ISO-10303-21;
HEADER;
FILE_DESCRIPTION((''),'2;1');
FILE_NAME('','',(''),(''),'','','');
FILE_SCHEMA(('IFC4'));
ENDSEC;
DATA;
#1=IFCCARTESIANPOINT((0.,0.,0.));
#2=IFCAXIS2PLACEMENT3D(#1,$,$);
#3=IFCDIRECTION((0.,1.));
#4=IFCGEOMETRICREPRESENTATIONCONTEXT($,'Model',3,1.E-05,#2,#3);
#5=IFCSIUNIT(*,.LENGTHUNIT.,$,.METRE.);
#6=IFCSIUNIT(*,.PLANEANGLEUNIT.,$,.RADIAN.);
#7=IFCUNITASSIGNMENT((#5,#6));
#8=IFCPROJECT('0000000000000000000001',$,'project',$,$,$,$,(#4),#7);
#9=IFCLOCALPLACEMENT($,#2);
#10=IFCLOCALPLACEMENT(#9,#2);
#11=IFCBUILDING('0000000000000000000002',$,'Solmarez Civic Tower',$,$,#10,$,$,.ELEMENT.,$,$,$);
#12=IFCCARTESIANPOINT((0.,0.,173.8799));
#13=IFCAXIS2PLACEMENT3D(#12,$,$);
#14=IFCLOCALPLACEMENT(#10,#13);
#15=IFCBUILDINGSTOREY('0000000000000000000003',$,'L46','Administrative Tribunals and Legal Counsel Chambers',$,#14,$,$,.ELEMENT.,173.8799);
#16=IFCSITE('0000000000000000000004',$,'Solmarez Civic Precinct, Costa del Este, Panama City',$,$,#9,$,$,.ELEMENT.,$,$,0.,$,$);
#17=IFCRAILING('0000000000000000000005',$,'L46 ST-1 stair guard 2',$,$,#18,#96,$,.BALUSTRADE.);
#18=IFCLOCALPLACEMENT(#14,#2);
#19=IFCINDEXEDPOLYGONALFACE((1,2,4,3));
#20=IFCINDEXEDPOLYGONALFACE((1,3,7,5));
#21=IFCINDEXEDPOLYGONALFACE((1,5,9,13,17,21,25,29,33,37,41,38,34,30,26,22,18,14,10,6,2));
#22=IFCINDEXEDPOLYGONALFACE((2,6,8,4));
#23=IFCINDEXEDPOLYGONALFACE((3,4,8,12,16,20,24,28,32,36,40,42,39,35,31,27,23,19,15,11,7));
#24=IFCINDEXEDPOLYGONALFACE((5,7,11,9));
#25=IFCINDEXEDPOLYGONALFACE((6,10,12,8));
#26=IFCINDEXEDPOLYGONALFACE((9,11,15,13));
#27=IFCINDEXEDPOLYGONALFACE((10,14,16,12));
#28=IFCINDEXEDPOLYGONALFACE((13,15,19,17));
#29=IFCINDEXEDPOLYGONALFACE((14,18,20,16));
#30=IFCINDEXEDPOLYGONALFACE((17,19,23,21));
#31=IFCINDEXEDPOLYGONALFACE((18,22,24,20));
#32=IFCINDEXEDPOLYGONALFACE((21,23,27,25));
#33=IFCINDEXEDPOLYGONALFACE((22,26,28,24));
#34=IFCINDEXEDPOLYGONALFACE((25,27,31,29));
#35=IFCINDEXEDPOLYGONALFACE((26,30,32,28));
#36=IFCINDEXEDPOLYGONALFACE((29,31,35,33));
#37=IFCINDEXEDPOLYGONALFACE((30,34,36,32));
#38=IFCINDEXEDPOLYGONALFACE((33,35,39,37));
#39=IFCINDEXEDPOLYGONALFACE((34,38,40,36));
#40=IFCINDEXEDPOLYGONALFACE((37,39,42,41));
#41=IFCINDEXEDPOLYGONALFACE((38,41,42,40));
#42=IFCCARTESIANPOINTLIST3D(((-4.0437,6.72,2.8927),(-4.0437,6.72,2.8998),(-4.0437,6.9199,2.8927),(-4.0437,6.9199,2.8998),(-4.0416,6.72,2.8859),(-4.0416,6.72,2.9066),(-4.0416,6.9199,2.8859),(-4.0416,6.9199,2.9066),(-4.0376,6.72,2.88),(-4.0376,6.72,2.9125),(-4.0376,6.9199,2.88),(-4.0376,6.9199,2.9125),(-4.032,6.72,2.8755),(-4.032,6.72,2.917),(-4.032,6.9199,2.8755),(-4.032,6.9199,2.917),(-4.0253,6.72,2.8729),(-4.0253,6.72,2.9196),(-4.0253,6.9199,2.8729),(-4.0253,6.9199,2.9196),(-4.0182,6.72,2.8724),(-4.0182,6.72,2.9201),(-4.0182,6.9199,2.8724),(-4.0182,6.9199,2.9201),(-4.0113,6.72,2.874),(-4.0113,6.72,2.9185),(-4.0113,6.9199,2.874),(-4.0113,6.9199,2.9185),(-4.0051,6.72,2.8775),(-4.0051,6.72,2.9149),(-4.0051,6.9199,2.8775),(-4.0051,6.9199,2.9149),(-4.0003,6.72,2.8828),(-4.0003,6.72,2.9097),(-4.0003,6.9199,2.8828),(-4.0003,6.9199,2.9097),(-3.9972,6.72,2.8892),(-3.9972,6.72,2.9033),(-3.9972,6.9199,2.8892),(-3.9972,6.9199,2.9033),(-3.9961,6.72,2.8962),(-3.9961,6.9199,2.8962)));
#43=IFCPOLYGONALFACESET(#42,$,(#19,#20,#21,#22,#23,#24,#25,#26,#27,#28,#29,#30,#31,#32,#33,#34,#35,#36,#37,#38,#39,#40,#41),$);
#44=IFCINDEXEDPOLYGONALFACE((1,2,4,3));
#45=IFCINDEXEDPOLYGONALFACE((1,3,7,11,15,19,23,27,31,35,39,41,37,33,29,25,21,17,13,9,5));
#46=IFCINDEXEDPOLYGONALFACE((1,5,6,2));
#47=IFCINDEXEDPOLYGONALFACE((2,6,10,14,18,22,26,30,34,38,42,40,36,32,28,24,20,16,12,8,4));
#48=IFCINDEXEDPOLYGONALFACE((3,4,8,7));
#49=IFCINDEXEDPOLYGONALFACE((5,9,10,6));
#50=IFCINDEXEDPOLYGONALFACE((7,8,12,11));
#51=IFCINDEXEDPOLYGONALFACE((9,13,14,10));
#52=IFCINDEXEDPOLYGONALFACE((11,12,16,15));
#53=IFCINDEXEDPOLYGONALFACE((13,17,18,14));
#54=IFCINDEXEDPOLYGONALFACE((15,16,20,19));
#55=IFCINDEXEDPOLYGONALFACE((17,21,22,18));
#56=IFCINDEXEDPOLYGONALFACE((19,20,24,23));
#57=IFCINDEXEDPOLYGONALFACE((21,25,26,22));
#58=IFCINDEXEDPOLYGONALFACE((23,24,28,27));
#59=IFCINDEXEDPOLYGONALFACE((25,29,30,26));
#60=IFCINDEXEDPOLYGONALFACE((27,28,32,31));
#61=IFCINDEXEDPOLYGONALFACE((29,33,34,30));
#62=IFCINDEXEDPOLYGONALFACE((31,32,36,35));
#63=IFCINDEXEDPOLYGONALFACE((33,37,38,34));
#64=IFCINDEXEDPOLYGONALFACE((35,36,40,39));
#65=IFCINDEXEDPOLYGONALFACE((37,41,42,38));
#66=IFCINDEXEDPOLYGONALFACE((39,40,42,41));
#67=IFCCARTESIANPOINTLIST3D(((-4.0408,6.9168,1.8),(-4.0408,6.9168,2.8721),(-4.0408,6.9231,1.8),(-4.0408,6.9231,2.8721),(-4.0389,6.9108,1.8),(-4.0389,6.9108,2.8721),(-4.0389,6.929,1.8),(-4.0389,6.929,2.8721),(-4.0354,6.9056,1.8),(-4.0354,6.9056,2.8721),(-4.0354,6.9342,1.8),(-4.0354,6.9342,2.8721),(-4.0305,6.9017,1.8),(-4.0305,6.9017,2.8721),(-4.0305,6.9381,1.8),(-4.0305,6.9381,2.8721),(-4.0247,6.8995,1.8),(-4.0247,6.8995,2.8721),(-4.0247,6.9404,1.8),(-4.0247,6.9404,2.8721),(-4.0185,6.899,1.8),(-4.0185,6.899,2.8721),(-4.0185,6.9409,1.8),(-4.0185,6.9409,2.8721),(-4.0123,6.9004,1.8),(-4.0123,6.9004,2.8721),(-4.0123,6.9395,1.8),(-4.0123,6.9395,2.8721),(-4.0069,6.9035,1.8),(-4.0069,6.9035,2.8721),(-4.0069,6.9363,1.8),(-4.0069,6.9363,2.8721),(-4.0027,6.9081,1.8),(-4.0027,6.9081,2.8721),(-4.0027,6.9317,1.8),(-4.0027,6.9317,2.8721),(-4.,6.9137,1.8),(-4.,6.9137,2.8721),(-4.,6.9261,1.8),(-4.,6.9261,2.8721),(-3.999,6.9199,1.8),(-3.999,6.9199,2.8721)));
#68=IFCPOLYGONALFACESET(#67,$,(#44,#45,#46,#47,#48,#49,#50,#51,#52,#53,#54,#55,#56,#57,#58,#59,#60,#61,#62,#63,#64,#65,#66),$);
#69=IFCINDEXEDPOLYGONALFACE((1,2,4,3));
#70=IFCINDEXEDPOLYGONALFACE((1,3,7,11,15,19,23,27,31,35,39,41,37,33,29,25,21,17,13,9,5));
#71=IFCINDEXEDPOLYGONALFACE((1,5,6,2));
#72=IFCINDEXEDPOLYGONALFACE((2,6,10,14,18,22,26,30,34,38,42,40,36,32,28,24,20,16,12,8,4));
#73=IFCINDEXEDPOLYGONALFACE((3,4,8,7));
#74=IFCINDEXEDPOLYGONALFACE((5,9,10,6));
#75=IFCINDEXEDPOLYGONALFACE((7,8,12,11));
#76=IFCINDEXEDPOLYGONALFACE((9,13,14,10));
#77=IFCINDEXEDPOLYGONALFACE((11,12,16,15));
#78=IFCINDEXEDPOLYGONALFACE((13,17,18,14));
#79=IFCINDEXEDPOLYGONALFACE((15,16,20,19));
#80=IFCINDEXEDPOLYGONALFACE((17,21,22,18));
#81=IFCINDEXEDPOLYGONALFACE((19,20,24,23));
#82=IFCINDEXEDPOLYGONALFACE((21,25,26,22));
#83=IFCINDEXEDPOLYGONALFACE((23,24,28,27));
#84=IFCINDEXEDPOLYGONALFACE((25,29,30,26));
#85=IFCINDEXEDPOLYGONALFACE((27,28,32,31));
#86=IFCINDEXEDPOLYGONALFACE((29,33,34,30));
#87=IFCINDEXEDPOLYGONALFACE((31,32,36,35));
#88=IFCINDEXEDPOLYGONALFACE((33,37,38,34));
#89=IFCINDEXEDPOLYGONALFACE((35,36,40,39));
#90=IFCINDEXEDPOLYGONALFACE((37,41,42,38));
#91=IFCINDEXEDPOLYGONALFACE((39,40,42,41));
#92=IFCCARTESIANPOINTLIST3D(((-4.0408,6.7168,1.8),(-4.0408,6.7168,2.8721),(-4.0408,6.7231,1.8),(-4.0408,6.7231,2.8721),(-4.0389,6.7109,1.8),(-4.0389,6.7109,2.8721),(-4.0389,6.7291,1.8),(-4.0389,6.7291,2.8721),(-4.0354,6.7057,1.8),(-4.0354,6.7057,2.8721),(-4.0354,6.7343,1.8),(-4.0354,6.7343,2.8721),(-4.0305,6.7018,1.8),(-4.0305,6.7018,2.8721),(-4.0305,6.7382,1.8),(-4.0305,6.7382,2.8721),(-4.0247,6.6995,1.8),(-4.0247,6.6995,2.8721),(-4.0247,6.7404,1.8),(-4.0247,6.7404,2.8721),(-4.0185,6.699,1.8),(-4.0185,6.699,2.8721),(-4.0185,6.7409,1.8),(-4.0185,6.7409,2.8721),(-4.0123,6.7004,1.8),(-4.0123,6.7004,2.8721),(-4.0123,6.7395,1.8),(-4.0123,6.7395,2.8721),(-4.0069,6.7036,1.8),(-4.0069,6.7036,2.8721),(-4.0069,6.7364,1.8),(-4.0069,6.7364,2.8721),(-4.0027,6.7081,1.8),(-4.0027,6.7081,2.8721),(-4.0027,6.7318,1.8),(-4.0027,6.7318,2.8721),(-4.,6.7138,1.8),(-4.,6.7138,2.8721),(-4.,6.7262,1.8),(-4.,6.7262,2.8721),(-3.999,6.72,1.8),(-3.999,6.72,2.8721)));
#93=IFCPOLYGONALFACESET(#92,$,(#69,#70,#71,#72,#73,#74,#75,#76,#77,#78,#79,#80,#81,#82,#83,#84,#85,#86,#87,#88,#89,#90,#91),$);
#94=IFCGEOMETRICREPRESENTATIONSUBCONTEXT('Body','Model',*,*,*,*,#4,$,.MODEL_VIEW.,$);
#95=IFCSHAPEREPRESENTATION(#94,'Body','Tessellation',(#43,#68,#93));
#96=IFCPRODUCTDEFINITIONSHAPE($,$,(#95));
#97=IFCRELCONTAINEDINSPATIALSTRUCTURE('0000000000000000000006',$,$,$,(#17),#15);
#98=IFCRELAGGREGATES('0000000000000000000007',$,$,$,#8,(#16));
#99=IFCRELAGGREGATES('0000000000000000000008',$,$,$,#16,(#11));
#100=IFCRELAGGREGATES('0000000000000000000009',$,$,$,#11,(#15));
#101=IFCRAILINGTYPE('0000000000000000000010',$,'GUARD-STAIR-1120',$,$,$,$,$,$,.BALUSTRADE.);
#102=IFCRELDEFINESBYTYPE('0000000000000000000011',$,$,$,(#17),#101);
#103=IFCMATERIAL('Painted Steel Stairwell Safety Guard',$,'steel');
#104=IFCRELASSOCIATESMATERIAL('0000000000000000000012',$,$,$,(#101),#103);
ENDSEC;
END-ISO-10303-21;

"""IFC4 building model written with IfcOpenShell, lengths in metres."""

from ifc_helpers import new_model, si_unit, direction, frame, origin, origin_2d, place, context, subcontext, project, spatial, circle, extrude, material, type_object, element, save


model = new_model("IFC4")

# Units and contexts
model_context = context("Model", 3, precision=1e-05, world=origin(), true_north=direction((0.0, 1.0)))
body_context = subcontext(model_context, "Body", "Model", "MODEL_VIEW")
ifc_project = project(units=[si_unit("LENGTHUNIT", "METRE"), si_unit("PLANEANGLEUNIT", "RADIAN")], contexts=[model_context])

# Site, building, storey
site_placement = place(None, origin())
site = spatial("IfcSite", under=ifc_project, at=site_placement, Name="Solmarez Civic Precinct, Costa del Este, Panama City", CompositionType="ELEMENT", RefElevation=0.0)
building_placement = place(site_placement, origin())
building = spatial("IfcBuilding", under=site, at=building_placement, Name="Solmarez Civic Tower", CompositionType="ELEMENT")
storey_placement = place(building_placement, frame((0.0, 0.0, 173.8799)))
storey = spatial("IfcBuildingStorey", under=building, at=storey_placement, Name="L46", Description="Administrative Tribunals and Legal Counsel Chambers", CompositionType="ELEMENT", Elevation=173.8799)

# Railing
ifc_material_1 = material(Name="Painted Steel Stairwell Safety Guard", Category="steel")
railing_type_1 = type_object("IfcRailingType", Name="GUARD-STAIR-1120", PredefinedType="BALUSTRADE", material=ifc_material_1)
railing_1_placement = place(storey_placement, frame((-4.02, 6.9199, 1.8)))
element("IfcRailing", 1, at=railing_1_placement, inside=storey, type_object=railing_type_1, Name="L46 ST-1 stair guard 2", PredefinedType="BALUSTRADE", context=body_context, shape_type="SweptSolid", body=[
    extrude(circle(Radius=0.0239, at=origin_2d()), frame((0.0, 0.0, 1.0962), z_axis=(0.0, -1.0, 0.0), x_axis=(1.0, 0.0, 0.0)), (0.0, 0.0, 1.0), 0.2),
    extrude(circle(Radius=0.021, at=origin_2d()), origin(), (0.0, 0.0, 1.0), 1.072),
    extrude(circle(Radius=0.021, at=origin_2d()), frame((0.0, -0.2, 0.0)), (0.0, 0.0, 1.0), 1.072),
])

save(model, "model.ifc")
